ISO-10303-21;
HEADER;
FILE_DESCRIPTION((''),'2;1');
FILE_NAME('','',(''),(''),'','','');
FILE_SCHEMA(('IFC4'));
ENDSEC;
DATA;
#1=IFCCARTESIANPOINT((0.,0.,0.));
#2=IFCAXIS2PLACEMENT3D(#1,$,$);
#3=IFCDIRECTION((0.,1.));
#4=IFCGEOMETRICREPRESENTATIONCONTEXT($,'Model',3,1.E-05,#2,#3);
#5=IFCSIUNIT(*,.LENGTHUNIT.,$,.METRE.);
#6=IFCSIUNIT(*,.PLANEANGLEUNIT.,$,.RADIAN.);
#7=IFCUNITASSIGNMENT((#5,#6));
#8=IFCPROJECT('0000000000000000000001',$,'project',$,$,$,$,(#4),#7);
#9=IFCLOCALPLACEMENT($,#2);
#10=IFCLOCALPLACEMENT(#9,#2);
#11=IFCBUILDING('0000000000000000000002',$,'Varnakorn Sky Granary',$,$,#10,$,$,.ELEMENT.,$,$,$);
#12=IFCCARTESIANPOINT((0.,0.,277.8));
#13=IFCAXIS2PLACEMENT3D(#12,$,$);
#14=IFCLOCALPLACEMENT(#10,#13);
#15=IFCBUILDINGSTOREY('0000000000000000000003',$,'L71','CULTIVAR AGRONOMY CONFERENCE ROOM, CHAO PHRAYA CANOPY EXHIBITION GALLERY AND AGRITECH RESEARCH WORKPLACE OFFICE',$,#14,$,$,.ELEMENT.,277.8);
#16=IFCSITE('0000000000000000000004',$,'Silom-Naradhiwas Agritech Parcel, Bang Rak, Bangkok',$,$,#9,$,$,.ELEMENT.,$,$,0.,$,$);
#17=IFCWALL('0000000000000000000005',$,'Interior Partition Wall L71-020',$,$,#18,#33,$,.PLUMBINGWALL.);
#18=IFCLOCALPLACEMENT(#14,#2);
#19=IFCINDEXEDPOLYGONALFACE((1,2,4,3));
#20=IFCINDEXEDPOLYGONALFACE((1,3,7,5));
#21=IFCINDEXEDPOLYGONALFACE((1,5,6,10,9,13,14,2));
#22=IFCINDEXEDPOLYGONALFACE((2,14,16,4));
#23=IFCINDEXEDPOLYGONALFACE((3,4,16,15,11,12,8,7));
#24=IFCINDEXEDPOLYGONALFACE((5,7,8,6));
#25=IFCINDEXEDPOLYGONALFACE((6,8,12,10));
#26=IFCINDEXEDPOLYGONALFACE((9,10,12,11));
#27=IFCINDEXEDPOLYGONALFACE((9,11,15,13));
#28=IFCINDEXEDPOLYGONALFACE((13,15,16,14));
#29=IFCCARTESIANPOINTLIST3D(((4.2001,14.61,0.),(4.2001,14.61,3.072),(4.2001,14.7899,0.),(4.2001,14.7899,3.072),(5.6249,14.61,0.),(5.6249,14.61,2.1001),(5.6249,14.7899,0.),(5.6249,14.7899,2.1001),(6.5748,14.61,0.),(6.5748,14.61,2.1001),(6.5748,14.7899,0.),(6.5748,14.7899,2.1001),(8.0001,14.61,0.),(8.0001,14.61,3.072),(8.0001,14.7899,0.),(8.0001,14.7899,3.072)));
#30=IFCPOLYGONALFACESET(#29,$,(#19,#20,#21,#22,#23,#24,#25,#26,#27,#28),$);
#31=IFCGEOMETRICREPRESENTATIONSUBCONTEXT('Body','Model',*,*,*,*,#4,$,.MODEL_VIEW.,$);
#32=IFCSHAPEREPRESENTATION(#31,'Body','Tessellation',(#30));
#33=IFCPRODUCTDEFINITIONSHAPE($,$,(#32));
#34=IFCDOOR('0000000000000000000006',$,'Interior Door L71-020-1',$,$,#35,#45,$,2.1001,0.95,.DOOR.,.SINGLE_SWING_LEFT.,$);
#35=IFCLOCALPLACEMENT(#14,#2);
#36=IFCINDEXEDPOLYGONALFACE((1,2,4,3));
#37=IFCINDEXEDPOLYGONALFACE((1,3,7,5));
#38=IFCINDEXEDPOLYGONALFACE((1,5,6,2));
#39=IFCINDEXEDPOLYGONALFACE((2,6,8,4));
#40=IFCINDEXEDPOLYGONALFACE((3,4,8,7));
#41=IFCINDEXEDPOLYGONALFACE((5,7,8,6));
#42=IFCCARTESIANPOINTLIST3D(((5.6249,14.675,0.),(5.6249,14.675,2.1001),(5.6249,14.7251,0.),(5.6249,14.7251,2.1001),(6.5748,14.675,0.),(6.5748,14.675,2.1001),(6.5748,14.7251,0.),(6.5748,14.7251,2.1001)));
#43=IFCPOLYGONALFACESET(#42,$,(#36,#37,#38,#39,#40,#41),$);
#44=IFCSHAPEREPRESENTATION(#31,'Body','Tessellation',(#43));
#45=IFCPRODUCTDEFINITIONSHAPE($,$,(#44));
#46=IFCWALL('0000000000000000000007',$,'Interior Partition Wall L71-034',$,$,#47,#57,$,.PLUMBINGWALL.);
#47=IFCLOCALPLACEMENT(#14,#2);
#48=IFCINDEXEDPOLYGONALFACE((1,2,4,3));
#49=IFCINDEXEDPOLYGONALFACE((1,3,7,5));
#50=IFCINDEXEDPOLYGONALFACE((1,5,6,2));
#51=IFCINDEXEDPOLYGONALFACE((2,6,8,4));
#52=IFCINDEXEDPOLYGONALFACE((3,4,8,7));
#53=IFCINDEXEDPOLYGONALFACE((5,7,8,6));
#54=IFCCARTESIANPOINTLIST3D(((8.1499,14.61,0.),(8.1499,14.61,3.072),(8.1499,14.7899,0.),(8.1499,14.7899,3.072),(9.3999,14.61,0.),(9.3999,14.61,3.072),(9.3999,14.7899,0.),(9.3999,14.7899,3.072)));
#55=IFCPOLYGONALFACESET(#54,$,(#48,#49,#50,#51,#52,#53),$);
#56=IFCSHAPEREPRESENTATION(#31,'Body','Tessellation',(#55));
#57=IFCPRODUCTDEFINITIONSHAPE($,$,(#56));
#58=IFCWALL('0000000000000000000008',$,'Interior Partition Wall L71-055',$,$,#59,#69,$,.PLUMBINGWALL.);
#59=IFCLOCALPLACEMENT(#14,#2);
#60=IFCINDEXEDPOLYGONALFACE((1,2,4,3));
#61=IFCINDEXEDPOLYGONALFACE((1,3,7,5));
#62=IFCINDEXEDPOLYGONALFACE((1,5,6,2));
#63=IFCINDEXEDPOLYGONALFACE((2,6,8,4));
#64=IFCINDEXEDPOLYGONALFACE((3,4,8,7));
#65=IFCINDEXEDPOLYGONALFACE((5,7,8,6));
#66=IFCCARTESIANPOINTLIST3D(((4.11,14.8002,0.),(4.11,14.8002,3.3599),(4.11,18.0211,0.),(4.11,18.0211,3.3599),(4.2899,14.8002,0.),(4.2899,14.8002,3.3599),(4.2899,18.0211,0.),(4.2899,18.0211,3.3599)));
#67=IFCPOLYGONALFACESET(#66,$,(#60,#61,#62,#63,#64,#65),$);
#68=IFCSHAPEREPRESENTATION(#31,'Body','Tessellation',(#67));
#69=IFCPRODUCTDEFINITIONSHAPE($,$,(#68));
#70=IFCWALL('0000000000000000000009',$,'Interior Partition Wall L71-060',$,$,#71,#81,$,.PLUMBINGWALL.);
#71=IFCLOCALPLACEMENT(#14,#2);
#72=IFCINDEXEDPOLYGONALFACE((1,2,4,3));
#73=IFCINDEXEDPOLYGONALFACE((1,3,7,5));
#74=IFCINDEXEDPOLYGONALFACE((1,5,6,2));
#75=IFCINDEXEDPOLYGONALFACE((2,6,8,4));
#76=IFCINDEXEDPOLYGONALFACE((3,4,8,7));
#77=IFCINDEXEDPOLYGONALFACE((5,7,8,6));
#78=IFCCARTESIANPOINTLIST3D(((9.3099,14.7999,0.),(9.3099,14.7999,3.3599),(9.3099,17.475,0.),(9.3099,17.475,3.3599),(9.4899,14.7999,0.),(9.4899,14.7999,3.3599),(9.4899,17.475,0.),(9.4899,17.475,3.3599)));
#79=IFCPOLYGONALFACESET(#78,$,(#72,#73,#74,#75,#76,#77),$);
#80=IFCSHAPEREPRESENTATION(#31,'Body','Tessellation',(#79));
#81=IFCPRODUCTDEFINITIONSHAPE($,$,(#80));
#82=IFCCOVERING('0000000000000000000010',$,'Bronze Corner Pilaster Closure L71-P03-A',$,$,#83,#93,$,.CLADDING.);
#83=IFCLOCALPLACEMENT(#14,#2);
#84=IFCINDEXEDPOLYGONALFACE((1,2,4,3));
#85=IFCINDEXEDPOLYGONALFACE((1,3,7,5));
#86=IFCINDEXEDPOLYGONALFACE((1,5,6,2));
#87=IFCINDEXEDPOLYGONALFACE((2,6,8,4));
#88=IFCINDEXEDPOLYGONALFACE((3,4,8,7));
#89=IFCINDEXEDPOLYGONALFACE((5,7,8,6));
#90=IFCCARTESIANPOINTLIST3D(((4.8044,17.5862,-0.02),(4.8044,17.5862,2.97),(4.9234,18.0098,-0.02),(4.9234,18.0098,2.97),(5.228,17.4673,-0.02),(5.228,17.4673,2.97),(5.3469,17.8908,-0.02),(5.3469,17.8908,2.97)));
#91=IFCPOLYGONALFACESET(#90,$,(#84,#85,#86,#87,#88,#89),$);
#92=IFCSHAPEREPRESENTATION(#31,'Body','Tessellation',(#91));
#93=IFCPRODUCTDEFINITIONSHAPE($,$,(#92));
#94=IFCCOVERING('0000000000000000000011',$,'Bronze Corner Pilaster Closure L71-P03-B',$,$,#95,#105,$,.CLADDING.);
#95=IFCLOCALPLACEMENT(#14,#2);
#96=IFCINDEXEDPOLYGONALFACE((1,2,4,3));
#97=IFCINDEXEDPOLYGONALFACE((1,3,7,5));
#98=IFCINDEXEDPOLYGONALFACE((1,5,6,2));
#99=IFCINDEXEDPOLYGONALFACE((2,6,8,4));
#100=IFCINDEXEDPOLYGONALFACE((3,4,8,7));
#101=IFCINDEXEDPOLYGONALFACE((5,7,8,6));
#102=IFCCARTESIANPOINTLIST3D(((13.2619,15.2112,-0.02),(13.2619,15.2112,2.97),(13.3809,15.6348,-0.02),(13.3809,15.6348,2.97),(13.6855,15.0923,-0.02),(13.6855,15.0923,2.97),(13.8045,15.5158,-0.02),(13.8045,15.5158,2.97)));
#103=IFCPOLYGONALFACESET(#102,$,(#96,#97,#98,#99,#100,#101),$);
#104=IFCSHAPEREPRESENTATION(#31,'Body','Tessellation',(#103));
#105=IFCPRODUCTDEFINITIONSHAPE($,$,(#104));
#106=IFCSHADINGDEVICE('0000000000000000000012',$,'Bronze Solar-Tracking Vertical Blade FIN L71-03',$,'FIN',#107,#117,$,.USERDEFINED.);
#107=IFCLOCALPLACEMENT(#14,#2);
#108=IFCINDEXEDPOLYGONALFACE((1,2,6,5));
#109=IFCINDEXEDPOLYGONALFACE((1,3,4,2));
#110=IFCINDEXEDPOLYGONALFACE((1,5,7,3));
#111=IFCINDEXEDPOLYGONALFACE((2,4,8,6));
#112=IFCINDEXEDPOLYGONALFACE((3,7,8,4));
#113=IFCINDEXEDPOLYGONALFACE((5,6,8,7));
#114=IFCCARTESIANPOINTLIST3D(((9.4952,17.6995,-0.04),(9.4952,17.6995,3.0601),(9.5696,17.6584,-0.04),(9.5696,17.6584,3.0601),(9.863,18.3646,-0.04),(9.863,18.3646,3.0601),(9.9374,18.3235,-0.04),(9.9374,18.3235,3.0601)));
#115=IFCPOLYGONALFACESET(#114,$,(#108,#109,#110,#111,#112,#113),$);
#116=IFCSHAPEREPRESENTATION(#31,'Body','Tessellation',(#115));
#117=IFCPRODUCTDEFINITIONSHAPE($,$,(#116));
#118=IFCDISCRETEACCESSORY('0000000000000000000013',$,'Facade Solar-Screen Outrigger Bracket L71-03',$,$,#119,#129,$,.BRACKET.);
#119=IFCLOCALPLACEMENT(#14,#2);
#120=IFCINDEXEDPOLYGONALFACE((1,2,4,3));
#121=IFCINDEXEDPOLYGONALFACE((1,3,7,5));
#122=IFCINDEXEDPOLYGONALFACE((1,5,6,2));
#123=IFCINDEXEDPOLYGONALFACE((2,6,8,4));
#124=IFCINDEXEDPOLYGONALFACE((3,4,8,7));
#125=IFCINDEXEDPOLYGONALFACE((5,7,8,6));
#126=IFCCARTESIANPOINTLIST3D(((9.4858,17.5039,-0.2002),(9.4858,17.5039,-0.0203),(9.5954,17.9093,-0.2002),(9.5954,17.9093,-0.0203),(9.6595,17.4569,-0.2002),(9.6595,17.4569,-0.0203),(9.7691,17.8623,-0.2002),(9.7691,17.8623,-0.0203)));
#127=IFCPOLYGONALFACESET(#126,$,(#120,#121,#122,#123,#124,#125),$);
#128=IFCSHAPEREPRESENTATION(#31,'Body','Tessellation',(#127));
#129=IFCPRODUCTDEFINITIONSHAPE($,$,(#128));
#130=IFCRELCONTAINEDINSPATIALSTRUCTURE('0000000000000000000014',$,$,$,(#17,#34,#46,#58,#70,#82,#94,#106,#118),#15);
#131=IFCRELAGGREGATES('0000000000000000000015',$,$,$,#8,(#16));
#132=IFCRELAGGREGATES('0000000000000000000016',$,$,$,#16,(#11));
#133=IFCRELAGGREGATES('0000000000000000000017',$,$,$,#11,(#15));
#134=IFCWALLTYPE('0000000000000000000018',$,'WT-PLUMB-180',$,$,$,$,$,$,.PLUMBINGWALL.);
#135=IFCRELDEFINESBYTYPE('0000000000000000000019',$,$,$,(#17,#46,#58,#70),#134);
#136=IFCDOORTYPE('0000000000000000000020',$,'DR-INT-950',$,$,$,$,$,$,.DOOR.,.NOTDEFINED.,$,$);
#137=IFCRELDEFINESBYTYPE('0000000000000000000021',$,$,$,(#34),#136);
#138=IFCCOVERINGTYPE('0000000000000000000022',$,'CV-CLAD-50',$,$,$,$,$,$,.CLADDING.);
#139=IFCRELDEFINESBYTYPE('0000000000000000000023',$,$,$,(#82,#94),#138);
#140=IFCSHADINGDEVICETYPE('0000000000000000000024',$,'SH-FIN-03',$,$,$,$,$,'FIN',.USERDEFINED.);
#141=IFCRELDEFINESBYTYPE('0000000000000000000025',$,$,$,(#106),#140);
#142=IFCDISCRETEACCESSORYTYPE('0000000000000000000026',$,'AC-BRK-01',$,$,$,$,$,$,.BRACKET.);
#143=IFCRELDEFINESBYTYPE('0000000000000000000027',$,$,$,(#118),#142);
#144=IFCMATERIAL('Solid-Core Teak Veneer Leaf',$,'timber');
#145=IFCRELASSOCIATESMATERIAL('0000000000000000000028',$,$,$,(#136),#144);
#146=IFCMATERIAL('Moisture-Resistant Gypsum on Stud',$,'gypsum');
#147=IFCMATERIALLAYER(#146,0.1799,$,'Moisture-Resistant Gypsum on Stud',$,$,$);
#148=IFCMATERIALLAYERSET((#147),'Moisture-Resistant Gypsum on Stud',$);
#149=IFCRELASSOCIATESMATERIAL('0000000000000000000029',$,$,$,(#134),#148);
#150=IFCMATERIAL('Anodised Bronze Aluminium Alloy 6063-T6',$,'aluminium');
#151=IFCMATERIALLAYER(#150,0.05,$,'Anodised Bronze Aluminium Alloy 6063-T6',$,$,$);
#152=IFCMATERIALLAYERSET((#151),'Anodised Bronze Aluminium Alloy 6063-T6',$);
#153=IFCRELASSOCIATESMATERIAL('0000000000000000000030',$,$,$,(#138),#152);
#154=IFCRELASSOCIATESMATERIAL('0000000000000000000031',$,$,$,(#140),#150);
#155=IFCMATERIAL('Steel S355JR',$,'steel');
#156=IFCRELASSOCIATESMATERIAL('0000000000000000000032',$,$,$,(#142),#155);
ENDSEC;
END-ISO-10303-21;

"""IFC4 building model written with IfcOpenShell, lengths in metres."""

from ifc_helpers import new_model, si_unit, direction, frame, frame_2d, origin, origin_2d, place, context, subcontext, project, spatial, rectangle, extrude, source, transform, mapped, material, layer, layer_set, type_object, type_shapes, element, fill, save


model = new_model("IFC4")

# Units and contexts
model_context = context("Model", 3, precision=1e-05, world=origin(), true_north=direction((0.0, 1.0)))
body_context = subcontext(model_context, "Body", "Model", "MODEL_VIEW")
ifc_project = project(units=[si_unit("LENGTHUNIT", "METRE"), si_unit("PLANEANGLEUNIT", "RADIAN")], contexts=[model_context])

# Site, building, storey
site_placement = place(None, origin())
site = spatial("IfcSite", under=ifc_project, at=site_placement, Name="Silom-Naradhiwas Agritech Parcel, Bang Rak, Bangkok", CompositionType="ELEMENT", RefElevation=0.0)
building_placement = place(site_placement, origin())
building = spatial("IfcBuilding", under=site, at=building_placement, Name="Varnakorn Sky Granary", CompositionType="ELEMENT")
storey_placement = place(building_placement, frame((0.0, 0.0, 277.8)))
storey = spatial("IfcBuildingStorey", under=building, at=storey_placement, Name="L71", Description="CULTIVAR AGRONOMY CONFERENCE ROOM, CHAO PHRAYA CANOPY EXHIBITION GALLERY AND AGRITECH RESEARCH WORKPLACE OFFICE", CompositionType="ELEMENT", Elevation=277.8)

# Shared definitions
ifc_material_1 = material(Name="Steel S355JR", Category="steel")

# Shared definitions
ifc_material_2 = material(Name="Anodised Bronze Aluminium Alloy 6063-T6", Category="aluminium")

# Shared definitions
ifc_material_3 = material(Name="Solid-Core Teak Veneer Leaf", Category="timber")
door_type = type_object("IfcDoorType", Name="DR-INT-950", OperationType="NOTDEFINED", PredefinedType="DOOR", material=ifc_material_3)

# Wall, opening, door
ifc_material_4 = material(Name="Moisture-Resistant Gypsum on Stud", Category="gypsum")
ifc_layer_1 = layer(ifc_material_4, 0.1799, Name="Moisture-Resistant Gypsum on Stud")
ifc_layer_set_1 = layer_set([ifc_layer_1], Name="Moisture-Resistant Gypsum on Stud")
wall_type_1 = type_object("IfcWallType", Name="WT-PLUMB-180", PredefinedType="PLUMBINGWALL", material=ifc_layer_set_1)
wall_1_placement = place(storey_placement, frame((8.0, 14.7, 0.0), z_axis=(0.0, 0.0, 1.0), x_axis=(-1.0, 0.0, 0.0)))
wall_1 = element("IfcWall", 1, at=wall_1_placement, inside=storey, type_object=wall_type_1, Name="Interior Partition Wall L71-020", PredefinedType="PLUMBINGWALL", context=body_context, shape_type="SweptSolid", body=[
    extrude(rectangle(XDim=3.8, YDim=0.1799, at=frame_2d((1.8999, 0.0))), origin(), (0.0, 0.0, 1.0), 3.072),
])
opening_1_placement = place(wall_1_placement, frame((1.425, 0.0, 0.0)))
opening_1 = element("IfcOpeningElement", 2, at=opening_1_placement, cuts=wall_1, PredefinedType="OPENING", context=body_context, shape_type="SweptSolid", body=[
    extrude(rectangle(XDim=0.95, YDim=2.1001, at=frame_2d((0.4751, 1.05))), frame((0.0, 0.1001, 0.0), z_axis=(0.0, -1.0, 0.0), x_axis=(1.0, 0.0, 0.0)), (0.0, 0.0, 1.0), 0.2),
])
door_1_placement = place(opening_1_placement, origin())
door_1 = element("IfcDoor", 3, at=door_1_placement, inside=storey, type_object=door_type, Name="Interior Door L71-020-1", OperationType="SINGLE_SWING_LEFT", OverallHeight=2.1001, OverallWidth=0.95, PredefinedType="DOOR", context=body_context, shape_type="SweptSolid", body=[
    extrude(rectangle(XDim=0.95, YDim=2.1001, at=frame_2d((0.4751, 1.05))), frame((0.0, 0.0249, 0.0), z_axis=(0.0, -1.0, 0.0), x_axis=(1.0, 0.0, 0.0)), (0.0, 0.0, 1.0), 0.05),
])
fill(opening_1, door_1)

# Walls
wall_2_placement = place(storey_placement, frame((9.3999, 14.7, 0.0), z_axis=(0.0, 0.0, 1.0), x_axis=(-1.0, 0.0, 0.0)))
element("IfcWall", 4, at=wall_2_placement, inside=storey, type_object=wall_type_1, Name="Interior Partition Wall L71-034", PredefinedType="PLUMBINGWALL", context=body_context, shape_type="SweptSolid", body=[
    extrude(rectangle(XDim=1.25, YDim=0.1799, at=frame_2d((0.625, 0.0))), origin(), (0.0, 0.0, 1.0), 3.072),
])
wall_3_placement = place(storey_placement, frame((4.2, 18.021, 0.0), z_axis=(0.0, 0.0, 1.0), x_axis=(0.0, -1.0, 0.0)))
element("IfcWall", 5, at=wall_3_placement, inside=storey, type_object=wall_type_1, Name="Interior Partition Wall L71-055", PredefinedType="PLUMBINGWALL", context=body_context, shape_type="SweptSolid", body=[
    extrude(rectangle(XDim=3.2209, YDim=0.1799, at=frame_2d((1.6104, 0.0))), origin(), (0.0, 0.0, 1.0), 3.3599),
])
wall_4_placement = place(storey_placement, frame((9.3999, 14.8, 0.0), z_axis=(0.0, 0.0, 1.0), x_axis=(0.0, 1.0, 0.0)))
element("IfcWall", 6, at=wall_4_placement, inside=storey, type_object=wall_type_1, Name="Interior Partition Wall L71-060", PredefinedType="PLUMBINGWALL", context=body_context, shape_type="SweptSolid", body=[
    extrude(rectangle(XDim=2.675, YDim=0.1799, at=frame_2d((1.3374, 0.0))), origin(), (0.0, 0.0, 1.0), 3.3599),
])

# Coverings
ifc_layer_2 = layer(ifc_material_2, 0.05, Name="Anodised Bronze Aluminium Alloy 6063-T6")
ifc_layer_set_2 = layer_set([ifc_layer_2], Name="Anodised Bronze Aluminium Alloy 6063-T6")
covering_type = type_object("IfcCoveringType", Name="CV-CLAD-50", PredefinedType="CLADDING", material=ifc_layer_set_2)
shared_shape_1 = source(origin(), body_context, "Body", "SweptSolid", [
    extrude(rectangle(XDim=0.4399, YDim=0.4399, at=origin_2d()), origin(), (0.0, 0.0, 1.0), 2.99),
])
type_shapes(covering_type, [shared_shape_1])
for number, where, z_axis, x_axis, name in (
    (7, (5.0757, 17.7385, -0.02), (0.0, 0.0, 1.0), (0.962739, -0.270432, 0.0), "Bronze Corner Pilaster Closure L71-P03-A"),
    (8, (13.5332, 15.3635, -0.02), (0.0, 0.0, 1.0), (0.962739, -0.270432, 0.0), "Bronze Corner Pilaster Closure L71-P03-B"),
):
    element("IfcCovering", number, at=place(storey_placement, frame(where, z_axis=z_axis, x_axis=x_axis)), inside=storey, type_object=covering_type, Name=name, PredefinedType="CLADDING", context=body_context, shape_type="MappedRepresentation", body=[
        mapped(shared_shape_1, transform((0.0, 0.0, 0.0), x_axis=(1.0, 0.0, 0.0), y_axis=(0.0, 1.0, 0.0), z_axis=(0.0, 0.0, 1.0), scale=1.0)),
    ])

# Shading device
shading_device_type = type_object("IfcShadingDeviceType", Name="SH-FIN-03", ElementType="FIN", PredefinedType="USERDEFINED", material=ifc_material_2)
shared_shape_2 = source(origin(), body_context, "Body", "SweptSolid", [
    extrude(rectangle(XDim=0.085, YDim=0.76, at=origin_2d()), origin(), (0.0, 0.0, 1.0), 3.1001),
])
type_shapes(shading_device_type, [shared_shape_2])
shading_device_placement = place(storey_placement, frame((9.7163, 18.0115, -0.04), z_axis=(0.0, 0.0, 1.0), x_axis=(-0.875111, 0.483922, 0.0)))
element("IfcShadingDevice", 9, at=shading_device_placement, inside=storey, type_object=shading_device_type, Name="Bronze Solar-Tracking Vertical Blade FIN L71-03", ObjectType="FIN", PredefinedType="USERDEFINED", context=body_context, shape_type="MappedRepresentation", body=[
    mapped(shared_shape_2, transform((0.0, 0.0, 0.0), x_axis=(1.0, 0.0, 0.0), y_axis=(0.0, 1.0, 0.0), z_axis=(0.0, 0.0, 1.0), scale=1.0)),
])

# Discrete accessory
discrete_accessory_type = type_object("IfcDiscreteAccessoryType", Name="AC-BRK-01", PredefinedType="BRACKET", material=ifc_material_1)
shared_shape_3 = source(origin(), body_context, "Body", "SweptSolid", [
    extrude(rectangle(XDim=0.1799, YDim=0.4199, at=origin_2d()), origin(), (0.0, 0.0, 1.0), 0.1799),
])
type_shapes(discrete_accessory_type, [shared_shape_3])
discrete_accessory_placement = place(storey_placement, frame((9.6274, 17.6831, -0.2002), z_axis=(0.0, 0.0, 1.0), x_axis=(-0.965387, 0.260821, 0.0)))
element("IfcDiscreteAccessory", 10, at=discrete_accessory_placement, inside=storey, type_object=discrete_accessory_type, Name="Facade Solar-Screen Outrigger Bracket L71-03", PredefinedType="BRACKET", context=body_context, shape_type="MappedRepresentation", body=[
    mapped(shared_shape_3, transform((0.0, 0.0, 0.0), x_axis=(1.0, 0.0, 0.0), y_axis=(0.0, 1.0, 0.0), z_axis=(0.0, 0.0, 1.0), scale=1.0)),
])

save(model, "model.ifc")
